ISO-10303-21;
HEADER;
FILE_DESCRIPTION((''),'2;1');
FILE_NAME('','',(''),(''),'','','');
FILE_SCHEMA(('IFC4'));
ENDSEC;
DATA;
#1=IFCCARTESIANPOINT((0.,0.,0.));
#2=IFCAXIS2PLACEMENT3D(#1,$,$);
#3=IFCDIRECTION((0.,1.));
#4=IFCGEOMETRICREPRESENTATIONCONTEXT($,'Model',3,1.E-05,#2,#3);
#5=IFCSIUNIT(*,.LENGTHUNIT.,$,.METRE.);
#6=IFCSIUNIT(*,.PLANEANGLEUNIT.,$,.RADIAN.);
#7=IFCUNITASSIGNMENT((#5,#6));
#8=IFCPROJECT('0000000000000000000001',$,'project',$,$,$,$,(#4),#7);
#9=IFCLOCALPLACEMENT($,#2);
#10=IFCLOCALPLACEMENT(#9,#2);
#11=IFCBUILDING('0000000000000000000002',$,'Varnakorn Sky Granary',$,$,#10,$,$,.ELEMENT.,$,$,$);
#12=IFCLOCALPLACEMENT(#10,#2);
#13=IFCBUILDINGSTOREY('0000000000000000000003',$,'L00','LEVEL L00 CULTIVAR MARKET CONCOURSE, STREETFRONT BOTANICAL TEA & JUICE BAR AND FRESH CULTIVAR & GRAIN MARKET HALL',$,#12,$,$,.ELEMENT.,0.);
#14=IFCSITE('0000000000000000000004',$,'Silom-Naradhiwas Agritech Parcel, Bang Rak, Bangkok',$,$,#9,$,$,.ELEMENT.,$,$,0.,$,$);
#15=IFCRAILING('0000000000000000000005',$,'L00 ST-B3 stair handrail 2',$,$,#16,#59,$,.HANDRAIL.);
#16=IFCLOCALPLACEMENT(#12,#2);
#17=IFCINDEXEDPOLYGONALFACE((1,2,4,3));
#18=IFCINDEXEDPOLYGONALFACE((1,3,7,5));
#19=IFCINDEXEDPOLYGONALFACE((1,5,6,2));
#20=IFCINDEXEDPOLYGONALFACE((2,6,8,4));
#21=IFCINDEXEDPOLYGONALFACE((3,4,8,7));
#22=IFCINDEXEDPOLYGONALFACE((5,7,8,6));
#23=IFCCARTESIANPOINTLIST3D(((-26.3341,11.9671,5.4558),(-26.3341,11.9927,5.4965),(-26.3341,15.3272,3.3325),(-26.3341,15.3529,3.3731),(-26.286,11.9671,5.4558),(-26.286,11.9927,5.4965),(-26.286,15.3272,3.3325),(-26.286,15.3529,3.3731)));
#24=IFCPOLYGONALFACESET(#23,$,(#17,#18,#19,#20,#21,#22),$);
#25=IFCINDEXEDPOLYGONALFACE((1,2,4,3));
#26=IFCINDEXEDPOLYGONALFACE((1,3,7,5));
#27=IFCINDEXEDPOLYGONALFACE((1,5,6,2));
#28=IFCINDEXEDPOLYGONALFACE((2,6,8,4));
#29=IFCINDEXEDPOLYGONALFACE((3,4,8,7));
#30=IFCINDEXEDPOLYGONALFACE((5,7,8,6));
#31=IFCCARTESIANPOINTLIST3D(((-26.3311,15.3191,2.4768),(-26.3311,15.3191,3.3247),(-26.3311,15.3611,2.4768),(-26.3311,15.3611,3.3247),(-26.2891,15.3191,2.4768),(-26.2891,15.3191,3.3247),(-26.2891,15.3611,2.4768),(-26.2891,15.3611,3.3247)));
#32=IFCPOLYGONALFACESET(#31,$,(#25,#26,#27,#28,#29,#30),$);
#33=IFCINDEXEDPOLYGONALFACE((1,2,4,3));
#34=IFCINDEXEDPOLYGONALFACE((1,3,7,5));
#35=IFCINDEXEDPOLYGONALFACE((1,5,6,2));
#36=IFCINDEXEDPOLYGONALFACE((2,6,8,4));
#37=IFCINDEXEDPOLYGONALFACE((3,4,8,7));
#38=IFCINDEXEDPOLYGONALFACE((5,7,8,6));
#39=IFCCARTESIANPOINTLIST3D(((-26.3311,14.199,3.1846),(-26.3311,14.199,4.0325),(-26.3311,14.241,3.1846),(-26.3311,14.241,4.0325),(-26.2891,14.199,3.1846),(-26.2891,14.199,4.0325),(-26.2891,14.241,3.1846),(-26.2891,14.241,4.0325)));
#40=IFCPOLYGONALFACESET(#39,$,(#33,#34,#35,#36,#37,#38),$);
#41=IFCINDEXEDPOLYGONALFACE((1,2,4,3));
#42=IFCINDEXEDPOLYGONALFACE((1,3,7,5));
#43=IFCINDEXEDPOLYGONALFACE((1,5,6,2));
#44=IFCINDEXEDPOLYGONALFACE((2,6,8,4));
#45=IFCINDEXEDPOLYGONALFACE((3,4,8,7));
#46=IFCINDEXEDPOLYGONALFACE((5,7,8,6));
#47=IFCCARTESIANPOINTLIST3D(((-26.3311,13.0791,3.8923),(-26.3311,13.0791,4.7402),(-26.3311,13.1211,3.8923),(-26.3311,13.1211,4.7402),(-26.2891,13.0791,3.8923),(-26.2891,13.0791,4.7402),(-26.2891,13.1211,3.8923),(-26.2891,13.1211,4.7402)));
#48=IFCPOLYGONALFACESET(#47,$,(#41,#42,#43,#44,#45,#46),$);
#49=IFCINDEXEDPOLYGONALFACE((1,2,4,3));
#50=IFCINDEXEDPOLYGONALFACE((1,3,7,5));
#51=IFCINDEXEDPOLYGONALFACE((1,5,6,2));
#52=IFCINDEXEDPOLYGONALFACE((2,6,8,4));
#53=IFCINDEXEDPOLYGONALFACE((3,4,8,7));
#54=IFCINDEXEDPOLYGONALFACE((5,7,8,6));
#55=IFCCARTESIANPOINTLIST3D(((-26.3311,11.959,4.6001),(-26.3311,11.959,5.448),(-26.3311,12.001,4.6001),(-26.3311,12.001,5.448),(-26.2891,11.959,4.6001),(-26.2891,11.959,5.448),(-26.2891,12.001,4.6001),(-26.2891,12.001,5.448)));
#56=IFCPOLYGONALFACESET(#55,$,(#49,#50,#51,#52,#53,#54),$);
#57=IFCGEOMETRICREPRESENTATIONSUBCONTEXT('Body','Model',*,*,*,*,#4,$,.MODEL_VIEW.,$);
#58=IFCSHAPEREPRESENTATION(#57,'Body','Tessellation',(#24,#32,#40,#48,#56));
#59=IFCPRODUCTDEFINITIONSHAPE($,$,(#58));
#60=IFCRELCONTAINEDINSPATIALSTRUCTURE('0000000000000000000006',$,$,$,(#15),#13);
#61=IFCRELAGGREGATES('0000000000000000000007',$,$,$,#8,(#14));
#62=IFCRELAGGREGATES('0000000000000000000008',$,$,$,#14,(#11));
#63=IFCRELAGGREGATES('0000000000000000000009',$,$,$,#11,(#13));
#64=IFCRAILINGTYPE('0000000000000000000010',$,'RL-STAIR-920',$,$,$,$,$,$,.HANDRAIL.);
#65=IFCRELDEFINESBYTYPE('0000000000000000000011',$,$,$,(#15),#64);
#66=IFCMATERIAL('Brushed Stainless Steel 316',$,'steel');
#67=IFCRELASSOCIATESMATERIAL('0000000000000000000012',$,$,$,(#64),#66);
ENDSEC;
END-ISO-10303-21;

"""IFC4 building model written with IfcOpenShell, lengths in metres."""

from ifc_helpers import new_model, si_unit, direction, frame, origin, origin_2d, place, context, subcontext, project, spatial, rectangle, extrude, material, type_object, element, save


model = new_model("IFC4")

# Units and contexts
model_context = context("Model", 3, precision=1e-05, world=origin(), true_north=direction((0.0, 1.0)))
body_context = subcontext(model_context, "Body", "Model", "MODEL_VIEW")
ifc_project = project(units=[si_unit("LENGTHUNIT", "METRE"), si_unit("PLANEANGLEUNIT", "RADIAN")], contexts=[model_context])

# Site, building, storey
site_placement = place(None, origin())
site = spatial("IfcSite", under=ifc_project, at=site_placement, Name="Silom-Naradhiwas Agritech Parcel, Bang Rak, Bangkok", CompositionType="ELEMENT", RefElevation=0.0)
building_placement = place(site_placement, origin())
building = spatial("IfcBuilding", under=site, at=building_placement, Name="Varnakorn Sky Granary", CompositionType="ELEMENT")
storey_placement = place(building_placement, origin())
storey = spatial("IfcBuildingStorey", under=building, at=storey_placement, Name="L00", Description="LEVEL L00 CULTIVAR MARKET CONCOURSE, STREETFRONT BOTANICAL TEA & JUICE BAR AND FRESH CULTIVAR & GRAIN MARKET HALL", CompositionType="ELEMENT", Elevation=0.0)

# Railing
ifc_material_1 = material(Name="Brushed Stainless Steel 316", Category="steel")
railing_type_1 = type_object("IfcRailingType", Name="RL-STAIR-920", PredefinedType="HANDRAIL", material=ifc_material_1)
railing_1_placement = place(storey_placement, frame((-26.3101, 15.3401, 2.4768)))
element("IfcRailing", 1, at=railing_1_placement, inside=storey, type_object=railing_type_1, Name="L00 ST-B3 stair handrail 2", PredefinedType="HANDRAIL", context=body_context, shape_type="SweptSolid", body=[
    extrude(rectangle(XDim=0.0481, YDim=0.0481, at=origin_2d()), frame((0.0, 0.0, 0.876), z_axis=(0.0, -0.845362, 0.534194), x_axis=(1.0, 0.0, 0.0)), (0.0, 0.0, 1.0), 3.9749),
    extrude(rectangle(XDim=0.042, YDim=0.042, at=origin_2d()), origin(), (0.0, 0.0, 1.0), 0.8479),
    extrude(rectangle(XDim=0.042, YDim=0.042, at=origin_2d()), frame((0.0, -1.1201, 0.7078)), (0.0, 0.0, 1.0), 0.8479),
    extrude(rectangle(XDim=0.042, YDim=0.042, at=origin_2d()), frame((0.0, -2.24, 1.4155)), (0.0, 0.0, 1.0), 0.8479),
    extrude(rectangle(XDim=0.042, YDim=0.042, at=origin_2d()), frame((0.0, -3.3601, 2.1233)), (0.0, 0.0, 1.0), 0.8479),
])

save(model, "model.ifc")
